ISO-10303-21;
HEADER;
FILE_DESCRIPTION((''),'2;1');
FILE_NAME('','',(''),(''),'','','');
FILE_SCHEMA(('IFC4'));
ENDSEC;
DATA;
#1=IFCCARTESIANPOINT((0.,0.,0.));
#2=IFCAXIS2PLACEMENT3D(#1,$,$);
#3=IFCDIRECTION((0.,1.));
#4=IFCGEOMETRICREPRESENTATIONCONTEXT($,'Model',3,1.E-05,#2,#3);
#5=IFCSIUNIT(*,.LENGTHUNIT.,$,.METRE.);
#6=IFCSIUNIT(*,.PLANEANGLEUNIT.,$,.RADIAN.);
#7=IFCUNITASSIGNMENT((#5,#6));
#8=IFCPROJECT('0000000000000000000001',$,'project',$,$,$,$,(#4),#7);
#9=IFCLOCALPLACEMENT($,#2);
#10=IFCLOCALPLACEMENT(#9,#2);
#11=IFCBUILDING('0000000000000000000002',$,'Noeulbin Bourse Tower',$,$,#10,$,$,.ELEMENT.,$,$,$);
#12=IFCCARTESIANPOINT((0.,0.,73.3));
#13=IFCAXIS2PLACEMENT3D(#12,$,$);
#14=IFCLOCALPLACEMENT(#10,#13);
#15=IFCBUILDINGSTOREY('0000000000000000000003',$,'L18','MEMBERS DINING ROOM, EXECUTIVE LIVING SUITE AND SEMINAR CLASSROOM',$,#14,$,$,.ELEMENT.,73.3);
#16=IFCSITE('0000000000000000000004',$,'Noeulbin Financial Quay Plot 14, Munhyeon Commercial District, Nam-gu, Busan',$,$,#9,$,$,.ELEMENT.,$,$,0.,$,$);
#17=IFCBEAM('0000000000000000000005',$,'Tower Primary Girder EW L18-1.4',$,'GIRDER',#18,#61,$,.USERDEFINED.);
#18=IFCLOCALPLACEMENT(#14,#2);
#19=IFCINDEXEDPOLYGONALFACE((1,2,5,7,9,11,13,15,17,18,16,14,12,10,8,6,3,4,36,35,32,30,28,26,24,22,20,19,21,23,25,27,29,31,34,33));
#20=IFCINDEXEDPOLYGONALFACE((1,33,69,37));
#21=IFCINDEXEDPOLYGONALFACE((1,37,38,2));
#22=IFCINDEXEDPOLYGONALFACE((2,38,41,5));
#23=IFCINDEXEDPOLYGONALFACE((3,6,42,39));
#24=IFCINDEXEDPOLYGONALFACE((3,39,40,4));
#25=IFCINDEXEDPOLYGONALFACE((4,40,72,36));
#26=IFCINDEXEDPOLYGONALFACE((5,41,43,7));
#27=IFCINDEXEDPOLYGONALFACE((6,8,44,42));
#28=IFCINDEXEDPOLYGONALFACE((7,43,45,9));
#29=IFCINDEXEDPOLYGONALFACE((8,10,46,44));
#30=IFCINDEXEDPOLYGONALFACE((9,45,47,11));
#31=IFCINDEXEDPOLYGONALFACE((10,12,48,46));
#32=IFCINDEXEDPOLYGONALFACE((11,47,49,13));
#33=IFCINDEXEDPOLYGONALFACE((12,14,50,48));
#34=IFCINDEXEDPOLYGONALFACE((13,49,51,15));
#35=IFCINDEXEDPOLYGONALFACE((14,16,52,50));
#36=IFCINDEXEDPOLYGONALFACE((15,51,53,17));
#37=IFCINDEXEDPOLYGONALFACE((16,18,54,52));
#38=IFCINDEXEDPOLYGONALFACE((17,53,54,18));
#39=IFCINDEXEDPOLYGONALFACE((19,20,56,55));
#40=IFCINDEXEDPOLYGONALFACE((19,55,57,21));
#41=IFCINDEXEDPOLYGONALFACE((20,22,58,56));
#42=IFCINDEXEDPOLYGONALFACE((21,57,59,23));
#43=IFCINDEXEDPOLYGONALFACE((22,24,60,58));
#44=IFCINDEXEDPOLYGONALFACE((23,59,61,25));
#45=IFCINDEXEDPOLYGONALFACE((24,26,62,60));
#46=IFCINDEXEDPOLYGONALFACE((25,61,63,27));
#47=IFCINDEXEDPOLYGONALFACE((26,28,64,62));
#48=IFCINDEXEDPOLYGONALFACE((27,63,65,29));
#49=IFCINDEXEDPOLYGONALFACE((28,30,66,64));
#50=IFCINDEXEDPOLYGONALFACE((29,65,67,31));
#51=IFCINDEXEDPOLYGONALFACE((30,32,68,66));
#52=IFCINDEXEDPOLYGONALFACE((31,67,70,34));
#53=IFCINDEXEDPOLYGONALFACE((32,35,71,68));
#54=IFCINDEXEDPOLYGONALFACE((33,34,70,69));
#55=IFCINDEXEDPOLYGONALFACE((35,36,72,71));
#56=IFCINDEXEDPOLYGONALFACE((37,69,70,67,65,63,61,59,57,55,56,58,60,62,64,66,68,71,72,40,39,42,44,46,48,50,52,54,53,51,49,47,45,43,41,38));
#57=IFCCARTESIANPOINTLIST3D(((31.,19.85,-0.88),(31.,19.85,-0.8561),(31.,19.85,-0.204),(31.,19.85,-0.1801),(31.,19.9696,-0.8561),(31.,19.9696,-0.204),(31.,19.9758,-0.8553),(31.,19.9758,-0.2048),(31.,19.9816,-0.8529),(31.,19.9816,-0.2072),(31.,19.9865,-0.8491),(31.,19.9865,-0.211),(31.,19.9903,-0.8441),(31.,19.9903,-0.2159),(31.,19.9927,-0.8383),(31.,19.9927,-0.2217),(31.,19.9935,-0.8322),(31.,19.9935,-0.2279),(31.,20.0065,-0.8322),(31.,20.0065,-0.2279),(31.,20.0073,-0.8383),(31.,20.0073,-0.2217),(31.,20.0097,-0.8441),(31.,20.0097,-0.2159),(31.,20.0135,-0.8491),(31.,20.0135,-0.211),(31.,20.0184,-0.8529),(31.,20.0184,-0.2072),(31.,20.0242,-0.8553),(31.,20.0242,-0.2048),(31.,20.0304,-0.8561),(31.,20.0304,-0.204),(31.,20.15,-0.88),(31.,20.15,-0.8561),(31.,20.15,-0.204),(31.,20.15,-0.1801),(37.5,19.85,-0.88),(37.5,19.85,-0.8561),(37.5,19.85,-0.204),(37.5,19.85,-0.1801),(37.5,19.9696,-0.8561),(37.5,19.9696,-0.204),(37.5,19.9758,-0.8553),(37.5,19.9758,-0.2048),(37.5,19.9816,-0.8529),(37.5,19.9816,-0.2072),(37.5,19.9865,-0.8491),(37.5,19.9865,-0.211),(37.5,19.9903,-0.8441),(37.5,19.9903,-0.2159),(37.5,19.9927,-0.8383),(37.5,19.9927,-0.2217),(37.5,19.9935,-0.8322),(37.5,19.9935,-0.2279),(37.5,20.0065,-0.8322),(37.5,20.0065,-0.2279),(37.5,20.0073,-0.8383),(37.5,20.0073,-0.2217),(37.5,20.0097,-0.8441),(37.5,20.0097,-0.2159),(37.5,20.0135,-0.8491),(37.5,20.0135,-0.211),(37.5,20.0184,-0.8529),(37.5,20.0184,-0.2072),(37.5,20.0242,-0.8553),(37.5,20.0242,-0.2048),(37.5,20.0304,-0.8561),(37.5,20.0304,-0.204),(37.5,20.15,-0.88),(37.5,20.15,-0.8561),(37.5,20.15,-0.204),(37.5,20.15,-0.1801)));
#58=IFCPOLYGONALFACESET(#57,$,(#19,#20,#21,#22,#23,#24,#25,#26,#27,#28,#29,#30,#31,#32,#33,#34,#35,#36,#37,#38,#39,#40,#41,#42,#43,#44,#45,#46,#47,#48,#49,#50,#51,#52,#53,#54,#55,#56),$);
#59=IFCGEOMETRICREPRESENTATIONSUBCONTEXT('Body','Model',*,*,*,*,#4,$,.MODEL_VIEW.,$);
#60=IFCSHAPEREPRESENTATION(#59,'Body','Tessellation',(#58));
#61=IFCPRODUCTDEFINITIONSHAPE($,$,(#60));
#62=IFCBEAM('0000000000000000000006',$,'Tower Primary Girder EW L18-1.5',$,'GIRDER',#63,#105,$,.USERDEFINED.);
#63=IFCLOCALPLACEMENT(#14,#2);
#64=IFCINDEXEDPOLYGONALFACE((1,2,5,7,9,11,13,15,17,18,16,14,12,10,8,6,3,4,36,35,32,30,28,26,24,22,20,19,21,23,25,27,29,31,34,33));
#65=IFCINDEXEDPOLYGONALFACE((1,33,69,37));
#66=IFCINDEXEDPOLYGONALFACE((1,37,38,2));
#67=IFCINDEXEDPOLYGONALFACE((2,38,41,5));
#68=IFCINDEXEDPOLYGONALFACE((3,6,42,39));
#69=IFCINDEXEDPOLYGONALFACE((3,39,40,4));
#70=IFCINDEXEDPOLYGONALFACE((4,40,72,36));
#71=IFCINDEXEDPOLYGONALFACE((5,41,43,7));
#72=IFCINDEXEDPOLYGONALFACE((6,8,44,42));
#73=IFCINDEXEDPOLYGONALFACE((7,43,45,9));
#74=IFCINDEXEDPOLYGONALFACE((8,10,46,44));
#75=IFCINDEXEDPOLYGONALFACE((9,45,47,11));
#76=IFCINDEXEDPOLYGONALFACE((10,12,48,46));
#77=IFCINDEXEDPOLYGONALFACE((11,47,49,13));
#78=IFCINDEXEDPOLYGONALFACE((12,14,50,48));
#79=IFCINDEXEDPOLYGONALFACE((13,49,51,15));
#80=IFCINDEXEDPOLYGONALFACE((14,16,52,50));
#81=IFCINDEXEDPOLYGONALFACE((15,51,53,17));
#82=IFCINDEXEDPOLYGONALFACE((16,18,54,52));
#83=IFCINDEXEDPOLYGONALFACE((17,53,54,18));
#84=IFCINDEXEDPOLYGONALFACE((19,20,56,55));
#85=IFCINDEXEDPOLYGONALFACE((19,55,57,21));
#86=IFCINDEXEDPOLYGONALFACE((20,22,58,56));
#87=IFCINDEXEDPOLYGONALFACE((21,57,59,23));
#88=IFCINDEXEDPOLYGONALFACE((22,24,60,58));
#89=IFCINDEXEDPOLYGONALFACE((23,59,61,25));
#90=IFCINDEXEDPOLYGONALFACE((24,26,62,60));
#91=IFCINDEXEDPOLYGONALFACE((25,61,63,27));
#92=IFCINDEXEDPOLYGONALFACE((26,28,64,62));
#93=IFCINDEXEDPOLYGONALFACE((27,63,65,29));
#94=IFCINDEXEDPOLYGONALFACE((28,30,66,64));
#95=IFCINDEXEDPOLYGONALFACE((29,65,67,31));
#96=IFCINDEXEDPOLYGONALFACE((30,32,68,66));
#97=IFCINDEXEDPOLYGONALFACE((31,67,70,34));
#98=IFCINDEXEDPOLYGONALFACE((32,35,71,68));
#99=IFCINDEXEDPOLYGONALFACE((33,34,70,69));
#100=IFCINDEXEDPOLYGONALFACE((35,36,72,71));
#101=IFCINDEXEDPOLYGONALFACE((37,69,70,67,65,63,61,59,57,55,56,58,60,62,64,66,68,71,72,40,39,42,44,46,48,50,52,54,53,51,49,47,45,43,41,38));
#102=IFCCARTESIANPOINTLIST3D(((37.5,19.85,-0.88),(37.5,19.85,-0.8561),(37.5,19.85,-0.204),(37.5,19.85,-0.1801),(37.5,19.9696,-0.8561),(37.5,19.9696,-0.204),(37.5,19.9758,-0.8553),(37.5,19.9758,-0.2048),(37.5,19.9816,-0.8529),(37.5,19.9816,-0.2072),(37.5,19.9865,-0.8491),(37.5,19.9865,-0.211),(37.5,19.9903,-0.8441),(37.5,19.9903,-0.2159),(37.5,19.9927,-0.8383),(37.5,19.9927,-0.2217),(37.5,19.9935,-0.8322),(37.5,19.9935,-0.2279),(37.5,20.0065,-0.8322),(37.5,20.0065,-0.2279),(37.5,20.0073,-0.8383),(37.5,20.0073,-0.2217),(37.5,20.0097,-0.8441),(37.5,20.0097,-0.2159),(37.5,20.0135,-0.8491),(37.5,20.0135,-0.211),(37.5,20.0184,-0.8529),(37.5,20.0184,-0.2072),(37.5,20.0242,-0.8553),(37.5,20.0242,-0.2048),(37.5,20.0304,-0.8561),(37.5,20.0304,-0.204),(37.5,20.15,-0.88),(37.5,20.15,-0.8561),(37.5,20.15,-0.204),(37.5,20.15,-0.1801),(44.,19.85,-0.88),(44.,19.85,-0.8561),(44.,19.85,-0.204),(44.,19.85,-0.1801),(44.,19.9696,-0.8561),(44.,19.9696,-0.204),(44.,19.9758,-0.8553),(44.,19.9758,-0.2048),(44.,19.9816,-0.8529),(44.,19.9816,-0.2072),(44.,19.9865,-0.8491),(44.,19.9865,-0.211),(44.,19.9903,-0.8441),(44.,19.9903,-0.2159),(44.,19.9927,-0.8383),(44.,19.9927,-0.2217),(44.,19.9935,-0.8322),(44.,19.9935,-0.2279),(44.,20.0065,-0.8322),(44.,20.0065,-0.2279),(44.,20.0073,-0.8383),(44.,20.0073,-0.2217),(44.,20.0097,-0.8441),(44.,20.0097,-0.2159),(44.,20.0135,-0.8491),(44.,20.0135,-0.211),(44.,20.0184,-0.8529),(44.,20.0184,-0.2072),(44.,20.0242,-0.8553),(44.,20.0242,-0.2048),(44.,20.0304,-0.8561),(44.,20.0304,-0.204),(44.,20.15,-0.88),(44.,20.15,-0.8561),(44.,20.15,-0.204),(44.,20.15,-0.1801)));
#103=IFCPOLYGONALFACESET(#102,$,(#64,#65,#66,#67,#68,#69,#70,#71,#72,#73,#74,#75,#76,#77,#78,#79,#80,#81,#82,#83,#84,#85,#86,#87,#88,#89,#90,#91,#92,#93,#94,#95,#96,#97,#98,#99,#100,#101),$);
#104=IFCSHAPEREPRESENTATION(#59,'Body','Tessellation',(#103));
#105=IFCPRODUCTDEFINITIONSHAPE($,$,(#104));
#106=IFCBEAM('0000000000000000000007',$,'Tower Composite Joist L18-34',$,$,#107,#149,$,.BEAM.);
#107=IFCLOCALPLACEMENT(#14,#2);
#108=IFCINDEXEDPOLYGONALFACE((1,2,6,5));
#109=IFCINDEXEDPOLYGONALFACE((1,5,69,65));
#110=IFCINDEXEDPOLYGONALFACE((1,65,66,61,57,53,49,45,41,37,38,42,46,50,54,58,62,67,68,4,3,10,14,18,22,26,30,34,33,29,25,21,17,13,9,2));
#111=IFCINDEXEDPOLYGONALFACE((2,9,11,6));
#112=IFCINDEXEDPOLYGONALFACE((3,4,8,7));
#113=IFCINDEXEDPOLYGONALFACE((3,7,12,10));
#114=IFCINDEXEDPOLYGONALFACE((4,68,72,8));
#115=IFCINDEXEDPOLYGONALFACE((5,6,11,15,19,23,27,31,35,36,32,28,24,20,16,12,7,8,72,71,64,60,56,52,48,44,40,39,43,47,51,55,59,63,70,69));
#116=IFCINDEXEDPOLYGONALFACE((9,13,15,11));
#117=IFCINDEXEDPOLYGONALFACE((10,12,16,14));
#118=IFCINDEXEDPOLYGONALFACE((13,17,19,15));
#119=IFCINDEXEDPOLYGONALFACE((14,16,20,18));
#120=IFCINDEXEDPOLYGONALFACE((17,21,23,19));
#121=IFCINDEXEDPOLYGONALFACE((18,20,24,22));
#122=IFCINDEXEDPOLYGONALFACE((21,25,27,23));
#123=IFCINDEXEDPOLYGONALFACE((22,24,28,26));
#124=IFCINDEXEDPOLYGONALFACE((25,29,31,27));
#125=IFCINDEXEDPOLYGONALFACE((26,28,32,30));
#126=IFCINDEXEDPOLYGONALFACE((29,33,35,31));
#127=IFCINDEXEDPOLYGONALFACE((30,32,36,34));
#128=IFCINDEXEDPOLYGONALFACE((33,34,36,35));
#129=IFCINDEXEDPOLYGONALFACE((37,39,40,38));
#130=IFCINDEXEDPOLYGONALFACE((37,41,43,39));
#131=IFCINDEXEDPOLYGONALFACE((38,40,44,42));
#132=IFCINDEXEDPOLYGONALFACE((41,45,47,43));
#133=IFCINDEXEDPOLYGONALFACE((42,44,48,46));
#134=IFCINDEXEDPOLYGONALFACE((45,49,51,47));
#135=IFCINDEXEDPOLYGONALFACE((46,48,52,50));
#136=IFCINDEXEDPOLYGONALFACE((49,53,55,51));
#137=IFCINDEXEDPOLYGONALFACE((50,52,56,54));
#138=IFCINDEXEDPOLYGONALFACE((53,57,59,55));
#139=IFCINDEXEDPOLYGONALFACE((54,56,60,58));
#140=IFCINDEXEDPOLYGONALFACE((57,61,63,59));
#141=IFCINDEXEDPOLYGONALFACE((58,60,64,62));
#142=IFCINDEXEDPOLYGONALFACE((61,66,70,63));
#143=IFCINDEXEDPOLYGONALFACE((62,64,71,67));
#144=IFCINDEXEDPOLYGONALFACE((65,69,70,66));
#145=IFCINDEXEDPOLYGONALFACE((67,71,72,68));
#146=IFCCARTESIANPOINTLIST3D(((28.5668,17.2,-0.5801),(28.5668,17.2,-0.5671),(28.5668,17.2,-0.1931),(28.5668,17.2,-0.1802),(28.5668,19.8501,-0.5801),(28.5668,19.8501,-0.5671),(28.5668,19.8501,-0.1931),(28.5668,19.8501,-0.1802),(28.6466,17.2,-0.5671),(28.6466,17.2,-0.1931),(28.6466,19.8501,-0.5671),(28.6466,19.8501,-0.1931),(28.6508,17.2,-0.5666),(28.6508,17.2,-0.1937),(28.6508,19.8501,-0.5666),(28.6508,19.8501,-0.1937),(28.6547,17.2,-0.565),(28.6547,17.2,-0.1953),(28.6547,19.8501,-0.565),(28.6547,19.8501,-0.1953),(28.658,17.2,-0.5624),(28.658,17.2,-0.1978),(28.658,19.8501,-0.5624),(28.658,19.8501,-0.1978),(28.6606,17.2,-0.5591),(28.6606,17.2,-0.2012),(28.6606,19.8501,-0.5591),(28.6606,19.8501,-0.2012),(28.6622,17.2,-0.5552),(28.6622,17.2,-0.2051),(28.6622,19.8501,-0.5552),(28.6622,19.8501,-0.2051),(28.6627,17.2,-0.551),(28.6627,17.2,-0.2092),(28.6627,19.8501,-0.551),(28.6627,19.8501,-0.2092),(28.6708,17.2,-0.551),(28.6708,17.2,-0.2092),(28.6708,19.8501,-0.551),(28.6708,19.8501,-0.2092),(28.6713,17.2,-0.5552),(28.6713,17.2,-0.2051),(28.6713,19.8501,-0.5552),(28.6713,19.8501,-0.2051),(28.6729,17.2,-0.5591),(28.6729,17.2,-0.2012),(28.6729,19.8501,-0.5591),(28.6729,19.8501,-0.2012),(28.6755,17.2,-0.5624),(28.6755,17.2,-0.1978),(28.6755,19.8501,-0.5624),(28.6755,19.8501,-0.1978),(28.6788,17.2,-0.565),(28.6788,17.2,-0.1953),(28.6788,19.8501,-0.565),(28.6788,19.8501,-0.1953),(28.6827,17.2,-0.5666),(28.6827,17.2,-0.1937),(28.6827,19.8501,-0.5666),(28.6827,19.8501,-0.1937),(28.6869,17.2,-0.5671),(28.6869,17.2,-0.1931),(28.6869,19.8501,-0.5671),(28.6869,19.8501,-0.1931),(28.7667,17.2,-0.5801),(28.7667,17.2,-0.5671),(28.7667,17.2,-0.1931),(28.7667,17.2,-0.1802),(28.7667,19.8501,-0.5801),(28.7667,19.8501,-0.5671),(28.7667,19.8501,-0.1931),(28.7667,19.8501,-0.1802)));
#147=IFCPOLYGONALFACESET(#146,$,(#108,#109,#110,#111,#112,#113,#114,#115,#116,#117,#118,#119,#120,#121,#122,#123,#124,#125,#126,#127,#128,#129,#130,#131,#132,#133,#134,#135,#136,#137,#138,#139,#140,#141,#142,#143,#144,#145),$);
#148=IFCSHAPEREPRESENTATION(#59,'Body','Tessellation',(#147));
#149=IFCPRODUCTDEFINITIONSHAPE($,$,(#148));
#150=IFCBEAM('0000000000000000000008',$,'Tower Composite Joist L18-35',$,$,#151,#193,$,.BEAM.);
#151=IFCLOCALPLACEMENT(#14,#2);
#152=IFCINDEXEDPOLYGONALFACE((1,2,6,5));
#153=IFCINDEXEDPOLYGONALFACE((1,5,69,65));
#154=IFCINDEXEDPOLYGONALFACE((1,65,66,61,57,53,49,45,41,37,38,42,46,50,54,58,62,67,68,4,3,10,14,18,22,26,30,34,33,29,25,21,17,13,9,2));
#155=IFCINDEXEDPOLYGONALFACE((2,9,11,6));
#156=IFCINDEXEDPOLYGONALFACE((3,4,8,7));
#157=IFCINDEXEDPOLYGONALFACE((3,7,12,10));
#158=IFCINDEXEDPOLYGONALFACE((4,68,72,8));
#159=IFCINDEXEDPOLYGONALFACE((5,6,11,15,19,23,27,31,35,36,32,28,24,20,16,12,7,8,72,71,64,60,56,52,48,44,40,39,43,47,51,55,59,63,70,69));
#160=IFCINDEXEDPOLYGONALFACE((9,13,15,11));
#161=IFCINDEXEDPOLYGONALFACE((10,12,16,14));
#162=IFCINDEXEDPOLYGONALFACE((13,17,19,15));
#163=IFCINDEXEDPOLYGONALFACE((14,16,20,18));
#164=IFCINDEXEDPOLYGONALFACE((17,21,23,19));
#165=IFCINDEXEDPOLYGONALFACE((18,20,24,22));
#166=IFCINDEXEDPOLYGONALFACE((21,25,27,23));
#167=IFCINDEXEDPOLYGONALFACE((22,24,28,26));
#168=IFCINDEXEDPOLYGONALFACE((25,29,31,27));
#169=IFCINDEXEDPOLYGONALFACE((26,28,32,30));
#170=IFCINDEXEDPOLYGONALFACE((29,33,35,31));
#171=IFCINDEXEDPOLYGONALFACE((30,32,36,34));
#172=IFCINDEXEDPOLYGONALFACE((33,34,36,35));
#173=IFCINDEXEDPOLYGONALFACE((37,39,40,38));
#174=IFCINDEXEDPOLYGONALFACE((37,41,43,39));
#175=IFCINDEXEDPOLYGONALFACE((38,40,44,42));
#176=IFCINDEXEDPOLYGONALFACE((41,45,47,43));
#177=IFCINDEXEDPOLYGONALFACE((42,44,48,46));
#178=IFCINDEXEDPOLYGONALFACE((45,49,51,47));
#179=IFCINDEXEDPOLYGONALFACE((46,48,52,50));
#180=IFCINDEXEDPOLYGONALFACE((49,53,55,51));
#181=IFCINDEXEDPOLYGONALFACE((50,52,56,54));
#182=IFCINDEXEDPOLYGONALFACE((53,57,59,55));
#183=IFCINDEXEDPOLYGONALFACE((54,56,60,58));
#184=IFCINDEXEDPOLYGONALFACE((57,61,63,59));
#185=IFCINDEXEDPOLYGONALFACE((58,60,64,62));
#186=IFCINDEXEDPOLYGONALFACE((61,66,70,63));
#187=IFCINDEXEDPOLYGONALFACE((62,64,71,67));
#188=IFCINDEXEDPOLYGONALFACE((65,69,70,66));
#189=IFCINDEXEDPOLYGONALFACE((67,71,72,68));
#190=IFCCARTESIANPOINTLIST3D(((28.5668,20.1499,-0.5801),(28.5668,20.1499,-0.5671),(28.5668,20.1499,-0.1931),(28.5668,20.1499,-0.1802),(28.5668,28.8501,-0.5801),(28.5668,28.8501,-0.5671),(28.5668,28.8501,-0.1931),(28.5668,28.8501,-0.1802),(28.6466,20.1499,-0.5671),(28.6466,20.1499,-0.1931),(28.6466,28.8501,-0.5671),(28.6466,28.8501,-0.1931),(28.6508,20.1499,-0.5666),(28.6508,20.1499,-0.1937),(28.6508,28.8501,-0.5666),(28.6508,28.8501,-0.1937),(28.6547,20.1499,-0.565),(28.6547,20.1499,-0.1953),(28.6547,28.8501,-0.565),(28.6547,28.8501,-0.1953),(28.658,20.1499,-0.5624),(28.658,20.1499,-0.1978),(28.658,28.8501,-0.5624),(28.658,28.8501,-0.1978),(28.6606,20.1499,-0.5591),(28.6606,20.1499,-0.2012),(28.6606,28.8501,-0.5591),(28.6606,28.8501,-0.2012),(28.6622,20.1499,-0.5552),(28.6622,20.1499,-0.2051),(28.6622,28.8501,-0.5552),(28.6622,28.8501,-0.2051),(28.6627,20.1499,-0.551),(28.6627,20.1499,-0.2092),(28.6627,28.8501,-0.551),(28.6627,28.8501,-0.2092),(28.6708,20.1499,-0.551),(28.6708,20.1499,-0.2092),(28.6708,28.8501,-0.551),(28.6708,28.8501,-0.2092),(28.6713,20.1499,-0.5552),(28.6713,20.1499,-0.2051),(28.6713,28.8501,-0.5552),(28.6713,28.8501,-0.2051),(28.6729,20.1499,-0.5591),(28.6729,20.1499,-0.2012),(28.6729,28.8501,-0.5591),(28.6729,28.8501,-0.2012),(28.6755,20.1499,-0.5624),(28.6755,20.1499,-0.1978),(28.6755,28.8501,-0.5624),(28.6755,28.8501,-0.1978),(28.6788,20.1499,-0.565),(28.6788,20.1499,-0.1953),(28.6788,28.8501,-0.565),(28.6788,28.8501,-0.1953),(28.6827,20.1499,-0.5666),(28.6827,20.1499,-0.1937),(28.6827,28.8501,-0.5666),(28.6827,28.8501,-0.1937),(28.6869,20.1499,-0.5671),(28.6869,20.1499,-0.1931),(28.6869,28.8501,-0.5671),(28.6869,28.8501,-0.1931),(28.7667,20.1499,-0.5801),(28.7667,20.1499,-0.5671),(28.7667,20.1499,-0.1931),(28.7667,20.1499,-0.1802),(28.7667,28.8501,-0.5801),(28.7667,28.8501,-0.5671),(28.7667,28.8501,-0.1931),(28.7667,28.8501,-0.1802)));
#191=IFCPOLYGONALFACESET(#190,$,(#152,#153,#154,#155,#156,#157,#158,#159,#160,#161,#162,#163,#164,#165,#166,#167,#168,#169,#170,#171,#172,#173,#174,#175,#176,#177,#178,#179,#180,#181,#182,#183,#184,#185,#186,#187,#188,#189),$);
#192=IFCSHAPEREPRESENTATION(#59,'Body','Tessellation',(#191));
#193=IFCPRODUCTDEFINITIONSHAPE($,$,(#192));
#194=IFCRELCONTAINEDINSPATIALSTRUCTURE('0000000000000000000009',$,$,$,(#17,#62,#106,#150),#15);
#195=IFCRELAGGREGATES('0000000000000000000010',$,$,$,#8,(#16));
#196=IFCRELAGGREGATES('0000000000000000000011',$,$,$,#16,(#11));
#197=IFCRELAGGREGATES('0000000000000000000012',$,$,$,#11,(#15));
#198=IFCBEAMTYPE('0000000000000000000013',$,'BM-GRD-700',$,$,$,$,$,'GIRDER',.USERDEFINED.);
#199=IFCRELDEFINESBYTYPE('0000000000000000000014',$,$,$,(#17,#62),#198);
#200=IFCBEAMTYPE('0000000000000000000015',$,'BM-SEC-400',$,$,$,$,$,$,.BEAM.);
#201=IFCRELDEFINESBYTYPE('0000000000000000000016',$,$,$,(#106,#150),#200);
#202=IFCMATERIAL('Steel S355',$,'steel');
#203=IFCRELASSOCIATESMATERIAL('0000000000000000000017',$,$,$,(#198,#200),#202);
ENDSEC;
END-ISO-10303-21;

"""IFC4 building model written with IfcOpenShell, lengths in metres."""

from ifc_helpers import new_model, si_unit, direction, frame, origin, origin_2d, place, context, subcontext, project, spatial, i_section, extrude, material, material_profile, profile_set, type_object, element, save


model = new_model("IFC4")

# Units and contexts
model_context = context("Model", 3, precision=1e-05, world=origin(), true_north=direction((0.0, 1.0)))
body_context = subcontext(model_context, "Body", "Model", "MODEL_VIEW")
ifc_project = project(units=[si_unit("LENGTHUNIT", "METRE"), si_unit("PLANEANGLEUNIT", "RADIAN")], contexts=[model_context])

# Site, building, storey
site_placement = place(None, origin())
site = spatial("IfcSite", under=ifc_project, at=site_placement, Name="Noeulbin Financial Quay Plot 14, Munhyeon Commercial District, Nam-gu, Busan", CompositionType="ELEMENT", RefElevation=0.0)
building_placement = place(site_placement, origin())
building = spatial("IfcBuilding", under=site, at=building_placement, Name="Noeulbin Bourse Tower", CompositionType="ELEMENT")
storey_placement = place(building_placement, frame((0.0, 0.0, 73.3)))
storey = spatial("IfcBuildingStorey", under=building, at=storey_placement, Name="L18", Description="MEMBERS DINING ROOM, EXECUTIVE LIVING SUITE AND SEMINAR CLASSROOM", CompositionType="ELEMENT", Elevation=73.3)

# Beams
ifc_material_1 = material(Name="Steel S355", Category="steel")
ifc_material_profile_1 = material_profile(ifc_material_1, i_section(OverallWidth=0.3, OverallDepth=0.7, WebThickness=0.0129, FlangeThickness=0.0239, FilletRadius=0.0239, at=origin_2d()), Name="H-700x300x13x24", Category="LoadBearing")
ifc_profile_set_1 = profile_set([ifc_material_profile_1], Name="Steel S355")
beam_type_1 = type_object("IfcBeamType", Name="BM-GRD-700", ElementType="GIRDER", PredefinedType="USERDEFINED", material=ifc_profile_set_1)
for number, where, z_axis, x_axis, name in (
    (1, (31.0, 20.0, -0.53), (1.0, 0.0, 0.0), (0.0, 1.0, 0.0), "Tower Primary Girder EW L18-1.4"),
    (2, (37.5, 20.0, -0.53), (1.0, 0.0, 0.0), (0.0, 1.0, 0.0), "Tower Primary Girder EW L18-1.5"),
):
    element("IfcBeam", number, at=place(storey_placement, frame(where, z_axis=z_axis, x_axis=x_axis)), inside=storey, type_object=beam_type_1, Name=name, ObjectType="GIRDER", PredefinedType="USERDEFINED", context=body_context, shape_type="SweptSolid", body=[
        extrude(i_section(OverallWidth=0.3, OverallDepth=0.7, WebThickness=0.0129, FlangeThickness=0.0239, FilletRadius=0.0239, at=origin_2d()), origin(), (0.0, 0.0, 1.0), 6.5),
    ])
ifc_material_profile_2 = material_profile(ifc_material_1, i_section(OverallWidth=0.2, OverallDepth=0.3999, WebThickness=0.0081, FlangeThickness=0.0129, FilletRadius=0.0161, at=origin_2d()), Name="H-400x200x8x13", Category="LoadBearing")
ifc_profile_set_2 = profile_set([ifc_material_profile_2], Name="Steel S355")
beam_type_2 = type_object("IfcBeamType", Name="BM-SEC-400", PredefinedType="BEAM", material=ifc_profile_set_2)
beam_1_placement = place(storey_placement, frame((28.6667, 17.2, -0.3801), z_axis=(0.0, 1.0, 0.0), x_axis=(-1.0, 0.0, 0.0)))
element("IfcBeam", 3, at=beam_1_placement, inside=storey, type_object=beam_type_2, Name="Tower Composite Joist L18-34", PredefinedType="BEAM", context=body_context, shape_type="SweptSolid", body=[
    extrude(i_section(OverallWidth=0.2, OverallDepth=0.3999, WebThickness=0.0081, FlangeThickness=0.0129, FilletRadius=0.0161, at=origin_2d()), origin(), (0.0, 0.0, 1.0), 2.6501),
])
for number, where, z_axis, x_axis, name in (
    (4, (28.6667, 20.1499, -0.3801), (0.0, 1.0, 0.0), (-1.0, 0.0, 0.0), "Tower Composite Joist L18-35"),
):
    element("IfcBeam", number, at=place(storey_placement, frame(where, z_axis=z_axis, x_axis=x_axis)), inside=storey, type_object=beam_type_2, Name=name, PredefinedType="BEAM", context=body_context, shape_type="SweptSolid", body=[
        extrude(i_section(OverallWidth=0.2, OverallDepth=0.3999, WebThickness=0.0081, FlangeThickness=0.0129, FilletRadius=0.0161, at=origin_2d()), origin(), (0.0, 0.0, 1.0), 8.7002),
    ])

save(model, "model.ifc")
